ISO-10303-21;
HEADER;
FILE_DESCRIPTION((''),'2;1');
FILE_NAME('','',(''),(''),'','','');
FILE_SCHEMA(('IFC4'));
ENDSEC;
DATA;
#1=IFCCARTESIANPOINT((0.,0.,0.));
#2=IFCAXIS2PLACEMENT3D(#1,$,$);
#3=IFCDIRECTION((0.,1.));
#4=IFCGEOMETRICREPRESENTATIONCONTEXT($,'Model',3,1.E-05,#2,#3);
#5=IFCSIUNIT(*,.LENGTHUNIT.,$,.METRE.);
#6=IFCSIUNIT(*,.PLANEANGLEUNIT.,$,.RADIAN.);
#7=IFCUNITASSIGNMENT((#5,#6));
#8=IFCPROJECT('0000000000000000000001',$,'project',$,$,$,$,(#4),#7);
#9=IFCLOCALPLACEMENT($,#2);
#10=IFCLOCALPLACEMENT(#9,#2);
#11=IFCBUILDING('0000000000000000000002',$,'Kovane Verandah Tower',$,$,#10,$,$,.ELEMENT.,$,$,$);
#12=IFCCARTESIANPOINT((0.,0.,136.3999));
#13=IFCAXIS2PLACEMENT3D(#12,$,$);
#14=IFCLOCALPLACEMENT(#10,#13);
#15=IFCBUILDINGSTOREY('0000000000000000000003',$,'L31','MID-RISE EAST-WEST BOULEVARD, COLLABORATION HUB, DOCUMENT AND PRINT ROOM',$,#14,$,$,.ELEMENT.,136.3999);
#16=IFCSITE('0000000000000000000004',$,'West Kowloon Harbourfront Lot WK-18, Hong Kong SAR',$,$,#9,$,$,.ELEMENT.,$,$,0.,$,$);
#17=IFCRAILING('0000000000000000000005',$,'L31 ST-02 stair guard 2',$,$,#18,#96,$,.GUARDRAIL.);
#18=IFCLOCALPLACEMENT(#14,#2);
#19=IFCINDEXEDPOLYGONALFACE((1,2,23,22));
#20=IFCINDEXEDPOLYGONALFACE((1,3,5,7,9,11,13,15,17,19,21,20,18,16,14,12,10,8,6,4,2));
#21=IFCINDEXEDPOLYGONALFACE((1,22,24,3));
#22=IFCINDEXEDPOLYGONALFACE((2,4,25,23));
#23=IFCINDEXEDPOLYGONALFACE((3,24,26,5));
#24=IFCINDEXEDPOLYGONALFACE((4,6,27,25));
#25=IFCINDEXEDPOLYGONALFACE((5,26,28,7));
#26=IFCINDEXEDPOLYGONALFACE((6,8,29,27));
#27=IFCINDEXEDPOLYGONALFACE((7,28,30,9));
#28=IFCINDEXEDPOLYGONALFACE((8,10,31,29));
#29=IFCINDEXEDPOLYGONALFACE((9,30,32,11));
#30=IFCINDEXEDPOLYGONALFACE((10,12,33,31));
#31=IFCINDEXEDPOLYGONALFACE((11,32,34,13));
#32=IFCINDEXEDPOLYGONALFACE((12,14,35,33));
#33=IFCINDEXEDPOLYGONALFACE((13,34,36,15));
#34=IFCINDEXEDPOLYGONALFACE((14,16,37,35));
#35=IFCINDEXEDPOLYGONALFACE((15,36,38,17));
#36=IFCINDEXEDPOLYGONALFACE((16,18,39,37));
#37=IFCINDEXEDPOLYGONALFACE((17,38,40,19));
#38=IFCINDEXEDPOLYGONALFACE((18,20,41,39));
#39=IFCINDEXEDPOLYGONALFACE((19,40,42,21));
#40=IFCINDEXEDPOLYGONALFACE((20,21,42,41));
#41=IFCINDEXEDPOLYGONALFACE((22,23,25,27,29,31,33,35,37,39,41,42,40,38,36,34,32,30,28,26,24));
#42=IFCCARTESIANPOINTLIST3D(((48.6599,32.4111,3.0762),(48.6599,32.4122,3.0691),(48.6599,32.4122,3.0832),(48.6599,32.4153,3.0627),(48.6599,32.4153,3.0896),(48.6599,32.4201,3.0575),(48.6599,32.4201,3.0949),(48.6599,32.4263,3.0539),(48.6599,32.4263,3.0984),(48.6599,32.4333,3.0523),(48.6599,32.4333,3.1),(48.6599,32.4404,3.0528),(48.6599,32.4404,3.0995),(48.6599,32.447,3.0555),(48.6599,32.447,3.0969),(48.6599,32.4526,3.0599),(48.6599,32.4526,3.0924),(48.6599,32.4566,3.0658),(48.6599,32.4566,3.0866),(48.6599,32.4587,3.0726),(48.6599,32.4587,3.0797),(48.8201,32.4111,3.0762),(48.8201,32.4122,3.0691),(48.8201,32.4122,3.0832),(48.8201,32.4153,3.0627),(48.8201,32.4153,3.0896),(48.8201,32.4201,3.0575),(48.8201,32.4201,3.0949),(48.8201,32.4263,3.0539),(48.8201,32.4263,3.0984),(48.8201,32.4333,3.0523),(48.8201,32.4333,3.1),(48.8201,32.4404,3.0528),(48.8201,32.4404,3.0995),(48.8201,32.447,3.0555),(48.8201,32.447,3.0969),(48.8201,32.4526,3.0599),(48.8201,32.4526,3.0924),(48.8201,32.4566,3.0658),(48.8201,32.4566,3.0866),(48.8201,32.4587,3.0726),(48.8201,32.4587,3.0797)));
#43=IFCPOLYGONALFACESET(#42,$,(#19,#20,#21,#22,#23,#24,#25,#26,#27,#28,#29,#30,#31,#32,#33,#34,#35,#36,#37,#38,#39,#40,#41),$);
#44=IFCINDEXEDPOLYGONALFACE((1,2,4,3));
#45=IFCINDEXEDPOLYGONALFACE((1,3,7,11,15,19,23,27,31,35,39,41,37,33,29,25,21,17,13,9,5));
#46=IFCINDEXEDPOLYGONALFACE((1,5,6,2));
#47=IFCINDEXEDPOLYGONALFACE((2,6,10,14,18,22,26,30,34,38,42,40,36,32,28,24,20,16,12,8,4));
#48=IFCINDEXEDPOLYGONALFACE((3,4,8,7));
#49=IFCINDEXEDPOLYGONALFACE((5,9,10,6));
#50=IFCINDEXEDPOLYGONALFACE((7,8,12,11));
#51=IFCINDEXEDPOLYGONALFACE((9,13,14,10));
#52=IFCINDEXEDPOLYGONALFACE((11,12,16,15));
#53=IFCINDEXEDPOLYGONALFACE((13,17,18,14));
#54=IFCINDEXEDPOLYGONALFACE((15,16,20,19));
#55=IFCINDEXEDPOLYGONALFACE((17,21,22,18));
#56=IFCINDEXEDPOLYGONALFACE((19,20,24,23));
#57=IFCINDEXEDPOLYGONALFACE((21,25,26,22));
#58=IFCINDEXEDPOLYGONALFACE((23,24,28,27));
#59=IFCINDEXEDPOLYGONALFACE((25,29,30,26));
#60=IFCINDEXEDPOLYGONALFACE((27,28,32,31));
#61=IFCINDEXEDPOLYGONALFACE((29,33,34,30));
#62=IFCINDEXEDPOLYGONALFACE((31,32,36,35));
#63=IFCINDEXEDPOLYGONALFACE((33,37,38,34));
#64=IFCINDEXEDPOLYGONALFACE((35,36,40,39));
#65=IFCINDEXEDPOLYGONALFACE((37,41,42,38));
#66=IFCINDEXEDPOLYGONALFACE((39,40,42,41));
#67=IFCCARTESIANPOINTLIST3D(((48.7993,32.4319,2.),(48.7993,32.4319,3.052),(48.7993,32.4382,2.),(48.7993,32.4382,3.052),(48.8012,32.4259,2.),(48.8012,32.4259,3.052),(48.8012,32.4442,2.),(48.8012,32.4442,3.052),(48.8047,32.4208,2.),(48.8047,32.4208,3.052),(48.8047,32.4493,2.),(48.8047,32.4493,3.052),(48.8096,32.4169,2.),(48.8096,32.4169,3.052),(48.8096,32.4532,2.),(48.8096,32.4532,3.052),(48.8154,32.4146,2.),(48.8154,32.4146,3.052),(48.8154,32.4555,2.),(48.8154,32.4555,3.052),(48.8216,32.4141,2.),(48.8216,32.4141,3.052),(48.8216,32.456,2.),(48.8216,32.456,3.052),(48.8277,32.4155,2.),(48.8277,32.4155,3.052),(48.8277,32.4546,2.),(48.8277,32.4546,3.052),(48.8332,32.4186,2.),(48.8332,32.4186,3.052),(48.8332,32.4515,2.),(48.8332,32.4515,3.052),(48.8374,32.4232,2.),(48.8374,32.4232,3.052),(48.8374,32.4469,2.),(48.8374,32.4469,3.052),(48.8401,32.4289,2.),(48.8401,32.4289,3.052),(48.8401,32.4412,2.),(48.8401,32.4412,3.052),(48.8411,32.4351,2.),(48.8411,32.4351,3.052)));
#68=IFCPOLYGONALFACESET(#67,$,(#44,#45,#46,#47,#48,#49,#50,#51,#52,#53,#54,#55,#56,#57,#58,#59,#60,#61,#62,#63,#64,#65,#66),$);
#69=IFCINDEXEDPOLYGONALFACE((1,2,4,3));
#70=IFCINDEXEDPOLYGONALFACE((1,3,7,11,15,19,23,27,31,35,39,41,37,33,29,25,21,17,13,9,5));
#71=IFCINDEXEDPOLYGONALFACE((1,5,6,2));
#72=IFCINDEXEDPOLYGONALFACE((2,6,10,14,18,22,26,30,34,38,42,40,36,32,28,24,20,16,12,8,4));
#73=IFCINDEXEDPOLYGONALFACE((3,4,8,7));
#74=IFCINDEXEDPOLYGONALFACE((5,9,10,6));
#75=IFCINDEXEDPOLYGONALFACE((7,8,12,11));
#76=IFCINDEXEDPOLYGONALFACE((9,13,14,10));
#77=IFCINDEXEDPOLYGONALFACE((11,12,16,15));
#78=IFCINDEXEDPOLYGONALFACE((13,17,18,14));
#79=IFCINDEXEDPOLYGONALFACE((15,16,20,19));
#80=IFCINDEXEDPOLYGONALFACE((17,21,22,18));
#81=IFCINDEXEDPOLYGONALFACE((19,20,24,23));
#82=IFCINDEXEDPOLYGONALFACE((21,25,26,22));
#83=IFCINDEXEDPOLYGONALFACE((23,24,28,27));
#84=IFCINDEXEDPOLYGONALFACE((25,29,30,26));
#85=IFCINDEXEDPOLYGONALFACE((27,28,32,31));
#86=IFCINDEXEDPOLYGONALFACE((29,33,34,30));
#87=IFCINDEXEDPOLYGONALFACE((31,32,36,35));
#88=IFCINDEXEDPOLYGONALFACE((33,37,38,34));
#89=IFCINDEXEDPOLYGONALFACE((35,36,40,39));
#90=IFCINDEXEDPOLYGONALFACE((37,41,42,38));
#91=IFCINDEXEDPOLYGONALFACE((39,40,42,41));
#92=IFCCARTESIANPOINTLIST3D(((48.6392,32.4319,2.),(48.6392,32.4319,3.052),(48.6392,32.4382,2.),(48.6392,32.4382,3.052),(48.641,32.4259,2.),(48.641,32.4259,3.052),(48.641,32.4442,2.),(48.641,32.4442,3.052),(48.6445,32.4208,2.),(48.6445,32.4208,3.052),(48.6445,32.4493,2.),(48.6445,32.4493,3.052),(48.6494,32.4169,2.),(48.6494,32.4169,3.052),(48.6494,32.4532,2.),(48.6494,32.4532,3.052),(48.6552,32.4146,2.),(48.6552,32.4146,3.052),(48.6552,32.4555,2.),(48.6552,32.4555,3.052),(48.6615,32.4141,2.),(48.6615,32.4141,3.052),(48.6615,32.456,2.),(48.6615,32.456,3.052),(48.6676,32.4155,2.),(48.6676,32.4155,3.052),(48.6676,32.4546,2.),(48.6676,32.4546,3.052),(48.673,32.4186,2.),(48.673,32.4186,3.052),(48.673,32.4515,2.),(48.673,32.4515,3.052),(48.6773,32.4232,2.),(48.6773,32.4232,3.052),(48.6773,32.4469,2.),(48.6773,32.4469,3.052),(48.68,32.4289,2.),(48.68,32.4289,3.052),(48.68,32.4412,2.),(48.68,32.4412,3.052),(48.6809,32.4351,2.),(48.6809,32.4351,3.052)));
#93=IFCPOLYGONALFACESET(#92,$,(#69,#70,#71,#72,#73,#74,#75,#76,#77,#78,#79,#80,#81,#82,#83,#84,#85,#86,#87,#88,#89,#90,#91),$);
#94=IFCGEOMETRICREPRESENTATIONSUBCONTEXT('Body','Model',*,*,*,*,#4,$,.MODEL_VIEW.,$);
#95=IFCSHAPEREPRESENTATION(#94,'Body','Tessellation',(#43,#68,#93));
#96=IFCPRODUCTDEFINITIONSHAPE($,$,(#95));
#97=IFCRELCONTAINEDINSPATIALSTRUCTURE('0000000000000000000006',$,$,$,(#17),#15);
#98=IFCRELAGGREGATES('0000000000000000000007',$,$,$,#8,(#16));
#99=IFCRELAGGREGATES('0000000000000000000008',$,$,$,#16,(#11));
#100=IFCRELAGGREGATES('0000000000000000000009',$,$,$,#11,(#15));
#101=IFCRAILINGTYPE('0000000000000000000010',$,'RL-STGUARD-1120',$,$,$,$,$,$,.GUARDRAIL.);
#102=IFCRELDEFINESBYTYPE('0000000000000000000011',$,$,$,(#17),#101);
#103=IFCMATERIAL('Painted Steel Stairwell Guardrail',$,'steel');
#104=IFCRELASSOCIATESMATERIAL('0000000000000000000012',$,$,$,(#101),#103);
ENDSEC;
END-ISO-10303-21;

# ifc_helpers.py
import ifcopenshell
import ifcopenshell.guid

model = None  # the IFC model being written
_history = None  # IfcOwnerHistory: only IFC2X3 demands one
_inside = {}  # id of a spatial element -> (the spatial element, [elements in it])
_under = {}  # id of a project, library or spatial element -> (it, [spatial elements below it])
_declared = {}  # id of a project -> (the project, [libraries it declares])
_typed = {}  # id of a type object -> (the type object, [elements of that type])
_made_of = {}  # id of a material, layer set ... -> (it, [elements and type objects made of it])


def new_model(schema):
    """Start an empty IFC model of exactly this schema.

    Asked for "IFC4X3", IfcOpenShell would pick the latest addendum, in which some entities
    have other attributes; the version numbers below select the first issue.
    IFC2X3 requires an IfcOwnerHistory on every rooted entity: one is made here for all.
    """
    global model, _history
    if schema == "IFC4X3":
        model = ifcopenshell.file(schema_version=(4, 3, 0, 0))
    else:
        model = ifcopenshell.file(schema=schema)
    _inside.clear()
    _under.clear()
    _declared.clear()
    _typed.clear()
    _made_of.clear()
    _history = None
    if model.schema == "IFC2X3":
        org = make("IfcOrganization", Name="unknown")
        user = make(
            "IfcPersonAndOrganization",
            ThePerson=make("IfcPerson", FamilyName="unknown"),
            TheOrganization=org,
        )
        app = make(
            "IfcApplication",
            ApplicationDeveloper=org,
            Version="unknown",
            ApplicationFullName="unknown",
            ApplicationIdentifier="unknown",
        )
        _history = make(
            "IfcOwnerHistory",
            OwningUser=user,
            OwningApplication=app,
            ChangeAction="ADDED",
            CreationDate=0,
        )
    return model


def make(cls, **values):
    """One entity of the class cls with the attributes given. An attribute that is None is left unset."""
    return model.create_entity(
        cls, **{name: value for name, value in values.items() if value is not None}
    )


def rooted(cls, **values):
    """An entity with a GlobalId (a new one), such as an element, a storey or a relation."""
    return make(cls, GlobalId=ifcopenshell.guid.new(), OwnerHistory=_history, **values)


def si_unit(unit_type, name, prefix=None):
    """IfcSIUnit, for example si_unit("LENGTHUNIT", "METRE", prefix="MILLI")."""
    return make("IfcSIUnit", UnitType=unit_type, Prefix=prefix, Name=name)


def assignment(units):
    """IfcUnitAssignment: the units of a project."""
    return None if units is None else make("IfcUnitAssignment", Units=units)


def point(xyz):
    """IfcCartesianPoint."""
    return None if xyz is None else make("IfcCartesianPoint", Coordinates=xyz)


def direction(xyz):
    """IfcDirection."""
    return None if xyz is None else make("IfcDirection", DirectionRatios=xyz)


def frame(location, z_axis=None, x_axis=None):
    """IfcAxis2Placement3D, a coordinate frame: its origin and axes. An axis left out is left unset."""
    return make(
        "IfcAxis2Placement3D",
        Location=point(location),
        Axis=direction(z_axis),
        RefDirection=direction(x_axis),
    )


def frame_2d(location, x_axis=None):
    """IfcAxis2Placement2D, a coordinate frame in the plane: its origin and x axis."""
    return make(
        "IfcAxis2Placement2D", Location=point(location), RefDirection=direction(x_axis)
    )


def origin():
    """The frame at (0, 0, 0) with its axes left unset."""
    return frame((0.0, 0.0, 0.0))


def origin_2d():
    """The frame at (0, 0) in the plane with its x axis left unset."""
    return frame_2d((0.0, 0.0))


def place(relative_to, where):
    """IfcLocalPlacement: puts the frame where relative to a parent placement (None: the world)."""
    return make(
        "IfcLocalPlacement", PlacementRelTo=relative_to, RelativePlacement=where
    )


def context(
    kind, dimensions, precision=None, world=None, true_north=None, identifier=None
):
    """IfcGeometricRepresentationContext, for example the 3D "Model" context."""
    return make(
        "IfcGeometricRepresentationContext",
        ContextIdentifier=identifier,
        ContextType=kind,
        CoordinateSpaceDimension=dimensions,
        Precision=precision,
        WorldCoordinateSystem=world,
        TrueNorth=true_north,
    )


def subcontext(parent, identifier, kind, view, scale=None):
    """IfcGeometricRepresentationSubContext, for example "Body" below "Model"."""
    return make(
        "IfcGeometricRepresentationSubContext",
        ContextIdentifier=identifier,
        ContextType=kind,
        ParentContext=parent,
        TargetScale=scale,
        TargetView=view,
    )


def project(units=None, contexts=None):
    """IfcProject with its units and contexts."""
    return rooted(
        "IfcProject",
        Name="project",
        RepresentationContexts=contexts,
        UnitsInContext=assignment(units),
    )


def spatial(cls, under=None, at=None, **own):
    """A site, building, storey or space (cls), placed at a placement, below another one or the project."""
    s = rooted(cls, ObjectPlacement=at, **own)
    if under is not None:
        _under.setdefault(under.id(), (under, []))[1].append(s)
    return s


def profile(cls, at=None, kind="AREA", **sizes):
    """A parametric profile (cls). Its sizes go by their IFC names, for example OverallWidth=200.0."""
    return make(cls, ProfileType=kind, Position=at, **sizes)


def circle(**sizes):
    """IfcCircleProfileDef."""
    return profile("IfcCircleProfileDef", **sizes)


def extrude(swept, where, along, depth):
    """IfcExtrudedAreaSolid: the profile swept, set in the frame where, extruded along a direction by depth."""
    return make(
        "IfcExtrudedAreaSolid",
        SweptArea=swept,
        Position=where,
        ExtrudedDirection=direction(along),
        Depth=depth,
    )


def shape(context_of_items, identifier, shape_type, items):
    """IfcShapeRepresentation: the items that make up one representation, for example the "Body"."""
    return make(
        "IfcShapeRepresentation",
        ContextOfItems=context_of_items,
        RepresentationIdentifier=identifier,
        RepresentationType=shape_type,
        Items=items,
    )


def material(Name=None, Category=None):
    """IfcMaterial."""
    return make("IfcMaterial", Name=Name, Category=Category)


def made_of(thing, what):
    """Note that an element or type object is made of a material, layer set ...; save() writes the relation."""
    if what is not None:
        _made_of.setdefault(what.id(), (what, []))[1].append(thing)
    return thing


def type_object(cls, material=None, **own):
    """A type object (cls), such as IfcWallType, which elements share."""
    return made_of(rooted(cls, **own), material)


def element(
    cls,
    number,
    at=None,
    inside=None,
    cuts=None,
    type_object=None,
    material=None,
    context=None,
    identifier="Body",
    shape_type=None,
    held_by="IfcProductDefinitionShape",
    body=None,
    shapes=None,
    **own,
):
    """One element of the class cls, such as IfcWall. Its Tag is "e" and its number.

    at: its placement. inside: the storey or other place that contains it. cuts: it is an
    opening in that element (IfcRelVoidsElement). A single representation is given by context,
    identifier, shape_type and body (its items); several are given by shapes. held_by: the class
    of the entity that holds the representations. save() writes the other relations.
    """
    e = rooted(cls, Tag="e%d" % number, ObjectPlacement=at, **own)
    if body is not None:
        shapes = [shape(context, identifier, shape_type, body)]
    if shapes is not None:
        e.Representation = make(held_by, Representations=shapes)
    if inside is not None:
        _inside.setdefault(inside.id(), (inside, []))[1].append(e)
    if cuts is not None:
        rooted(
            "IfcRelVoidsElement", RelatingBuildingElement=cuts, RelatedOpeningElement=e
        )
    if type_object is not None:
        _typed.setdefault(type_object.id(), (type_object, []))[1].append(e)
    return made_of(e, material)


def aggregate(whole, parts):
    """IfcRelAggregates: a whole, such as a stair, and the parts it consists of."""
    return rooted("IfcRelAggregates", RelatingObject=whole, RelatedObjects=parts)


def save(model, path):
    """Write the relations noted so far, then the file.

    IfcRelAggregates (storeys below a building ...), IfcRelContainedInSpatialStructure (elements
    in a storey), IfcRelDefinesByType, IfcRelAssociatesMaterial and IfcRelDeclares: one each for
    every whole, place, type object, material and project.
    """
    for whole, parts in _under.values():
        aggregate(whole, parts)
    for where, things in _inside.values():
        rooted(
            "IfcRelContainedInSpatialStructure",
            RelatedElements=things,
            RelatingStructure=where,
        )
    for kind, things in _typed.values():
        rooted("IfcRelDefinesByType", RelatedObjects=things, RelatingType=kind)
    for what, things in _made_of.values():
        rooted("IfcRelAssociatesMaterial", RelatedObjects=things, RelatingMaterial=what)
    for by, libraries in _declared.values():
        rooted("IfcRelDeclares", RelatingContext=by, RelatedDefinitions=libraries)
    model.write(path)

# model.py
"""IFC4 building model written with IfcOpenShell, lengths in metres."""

from ifc_helpers import new_model, si_unit, direction, frame, origin, origin_2d, place, context, subcontext, project, spatial, circle, extrude, material, type_object, element, save


model = new_model("IFC4")

# Units and contexts
model_context = context("Model", 3, precision=1e-05, world=origin(), true_north=direction((0.0, 1.0)))
body_context = subcontext(model_context, "Body", "Model", "MODEL_VIEW")
ifc_project = project(units=[si_unit("LENGTHUNIT", "METRE"), si_unit("PLANEANGLEUNIT", "RADIAN")], contexts=[model_context])

# Site, building, storey
site_placement = place(None, origin())
site = spatial("IfcSite", under=ifc_project, at=site_placement, Name="West Kowloon Harbourfront Lot WK-18, Hong Kong SAR", CompositionType="ELEMENT", RefElevation=0.0)
building_placement = place(site_placement, origin())
building = spatial("IfcBuilding", under=site, at=building_placement, Name="Kovane Verandah Tower", CompositionType="ELEMENT")
storey_placement = place(building_placement, frame((0.0, 0.0, 136.3999)))
storey = spatial("IfcBuildingStorey", under=building, at=storey_placement, Name="L31", Description="MID-RISE EAST-WEST BOULEVARD, COLLABORATION HUB, DOCUMENT AND PRINT ROOM", CompositionType="ELEMENT", Elevation=136.3999)

# Railing
ifc_material_1 = material(Name="Painted Steel Stairwell Guardrail", Category="steel")
railing_type_1 = type_object("IfcRailingType", Name="RL-STGUARD-1120", PredefinedType="GUARDRAIL", material=ifc_material_1)
railing_1_placement = place(storey_placement, frame((48.8201, 32.4351, 2.0)))
element("IfcRailing", 1, at=railing_1_placement, inside=storey, type_object=railing_type_1, Name="L31 ST-02 stair guard 2", PredefinedType="GUARDRAIL", context=body_context, shape_type="SweptSolid", body=[
    extrude(circle(Radius=0.0239, at=origin_2d()), frame((0.0, 0.0, 1.0762), z_axis=(-1.0, 0.0, 0.0), x_axis=(0.0, -1.0, 0.0)), (0.0, 0.0, 1.0), 0.1602),
    extrude(circle(Radius=0.021, at=origin_2d()), origin(), (0.0, 0.0, 1.0), 1.052),
    extrude(circle(Radius=0.021, at=origin_2d()), frame((-0.1602, 0.0, 0.0)), (0.0, 0.0, 1.0), 1.052),
])

save(model, "model.ifc")
